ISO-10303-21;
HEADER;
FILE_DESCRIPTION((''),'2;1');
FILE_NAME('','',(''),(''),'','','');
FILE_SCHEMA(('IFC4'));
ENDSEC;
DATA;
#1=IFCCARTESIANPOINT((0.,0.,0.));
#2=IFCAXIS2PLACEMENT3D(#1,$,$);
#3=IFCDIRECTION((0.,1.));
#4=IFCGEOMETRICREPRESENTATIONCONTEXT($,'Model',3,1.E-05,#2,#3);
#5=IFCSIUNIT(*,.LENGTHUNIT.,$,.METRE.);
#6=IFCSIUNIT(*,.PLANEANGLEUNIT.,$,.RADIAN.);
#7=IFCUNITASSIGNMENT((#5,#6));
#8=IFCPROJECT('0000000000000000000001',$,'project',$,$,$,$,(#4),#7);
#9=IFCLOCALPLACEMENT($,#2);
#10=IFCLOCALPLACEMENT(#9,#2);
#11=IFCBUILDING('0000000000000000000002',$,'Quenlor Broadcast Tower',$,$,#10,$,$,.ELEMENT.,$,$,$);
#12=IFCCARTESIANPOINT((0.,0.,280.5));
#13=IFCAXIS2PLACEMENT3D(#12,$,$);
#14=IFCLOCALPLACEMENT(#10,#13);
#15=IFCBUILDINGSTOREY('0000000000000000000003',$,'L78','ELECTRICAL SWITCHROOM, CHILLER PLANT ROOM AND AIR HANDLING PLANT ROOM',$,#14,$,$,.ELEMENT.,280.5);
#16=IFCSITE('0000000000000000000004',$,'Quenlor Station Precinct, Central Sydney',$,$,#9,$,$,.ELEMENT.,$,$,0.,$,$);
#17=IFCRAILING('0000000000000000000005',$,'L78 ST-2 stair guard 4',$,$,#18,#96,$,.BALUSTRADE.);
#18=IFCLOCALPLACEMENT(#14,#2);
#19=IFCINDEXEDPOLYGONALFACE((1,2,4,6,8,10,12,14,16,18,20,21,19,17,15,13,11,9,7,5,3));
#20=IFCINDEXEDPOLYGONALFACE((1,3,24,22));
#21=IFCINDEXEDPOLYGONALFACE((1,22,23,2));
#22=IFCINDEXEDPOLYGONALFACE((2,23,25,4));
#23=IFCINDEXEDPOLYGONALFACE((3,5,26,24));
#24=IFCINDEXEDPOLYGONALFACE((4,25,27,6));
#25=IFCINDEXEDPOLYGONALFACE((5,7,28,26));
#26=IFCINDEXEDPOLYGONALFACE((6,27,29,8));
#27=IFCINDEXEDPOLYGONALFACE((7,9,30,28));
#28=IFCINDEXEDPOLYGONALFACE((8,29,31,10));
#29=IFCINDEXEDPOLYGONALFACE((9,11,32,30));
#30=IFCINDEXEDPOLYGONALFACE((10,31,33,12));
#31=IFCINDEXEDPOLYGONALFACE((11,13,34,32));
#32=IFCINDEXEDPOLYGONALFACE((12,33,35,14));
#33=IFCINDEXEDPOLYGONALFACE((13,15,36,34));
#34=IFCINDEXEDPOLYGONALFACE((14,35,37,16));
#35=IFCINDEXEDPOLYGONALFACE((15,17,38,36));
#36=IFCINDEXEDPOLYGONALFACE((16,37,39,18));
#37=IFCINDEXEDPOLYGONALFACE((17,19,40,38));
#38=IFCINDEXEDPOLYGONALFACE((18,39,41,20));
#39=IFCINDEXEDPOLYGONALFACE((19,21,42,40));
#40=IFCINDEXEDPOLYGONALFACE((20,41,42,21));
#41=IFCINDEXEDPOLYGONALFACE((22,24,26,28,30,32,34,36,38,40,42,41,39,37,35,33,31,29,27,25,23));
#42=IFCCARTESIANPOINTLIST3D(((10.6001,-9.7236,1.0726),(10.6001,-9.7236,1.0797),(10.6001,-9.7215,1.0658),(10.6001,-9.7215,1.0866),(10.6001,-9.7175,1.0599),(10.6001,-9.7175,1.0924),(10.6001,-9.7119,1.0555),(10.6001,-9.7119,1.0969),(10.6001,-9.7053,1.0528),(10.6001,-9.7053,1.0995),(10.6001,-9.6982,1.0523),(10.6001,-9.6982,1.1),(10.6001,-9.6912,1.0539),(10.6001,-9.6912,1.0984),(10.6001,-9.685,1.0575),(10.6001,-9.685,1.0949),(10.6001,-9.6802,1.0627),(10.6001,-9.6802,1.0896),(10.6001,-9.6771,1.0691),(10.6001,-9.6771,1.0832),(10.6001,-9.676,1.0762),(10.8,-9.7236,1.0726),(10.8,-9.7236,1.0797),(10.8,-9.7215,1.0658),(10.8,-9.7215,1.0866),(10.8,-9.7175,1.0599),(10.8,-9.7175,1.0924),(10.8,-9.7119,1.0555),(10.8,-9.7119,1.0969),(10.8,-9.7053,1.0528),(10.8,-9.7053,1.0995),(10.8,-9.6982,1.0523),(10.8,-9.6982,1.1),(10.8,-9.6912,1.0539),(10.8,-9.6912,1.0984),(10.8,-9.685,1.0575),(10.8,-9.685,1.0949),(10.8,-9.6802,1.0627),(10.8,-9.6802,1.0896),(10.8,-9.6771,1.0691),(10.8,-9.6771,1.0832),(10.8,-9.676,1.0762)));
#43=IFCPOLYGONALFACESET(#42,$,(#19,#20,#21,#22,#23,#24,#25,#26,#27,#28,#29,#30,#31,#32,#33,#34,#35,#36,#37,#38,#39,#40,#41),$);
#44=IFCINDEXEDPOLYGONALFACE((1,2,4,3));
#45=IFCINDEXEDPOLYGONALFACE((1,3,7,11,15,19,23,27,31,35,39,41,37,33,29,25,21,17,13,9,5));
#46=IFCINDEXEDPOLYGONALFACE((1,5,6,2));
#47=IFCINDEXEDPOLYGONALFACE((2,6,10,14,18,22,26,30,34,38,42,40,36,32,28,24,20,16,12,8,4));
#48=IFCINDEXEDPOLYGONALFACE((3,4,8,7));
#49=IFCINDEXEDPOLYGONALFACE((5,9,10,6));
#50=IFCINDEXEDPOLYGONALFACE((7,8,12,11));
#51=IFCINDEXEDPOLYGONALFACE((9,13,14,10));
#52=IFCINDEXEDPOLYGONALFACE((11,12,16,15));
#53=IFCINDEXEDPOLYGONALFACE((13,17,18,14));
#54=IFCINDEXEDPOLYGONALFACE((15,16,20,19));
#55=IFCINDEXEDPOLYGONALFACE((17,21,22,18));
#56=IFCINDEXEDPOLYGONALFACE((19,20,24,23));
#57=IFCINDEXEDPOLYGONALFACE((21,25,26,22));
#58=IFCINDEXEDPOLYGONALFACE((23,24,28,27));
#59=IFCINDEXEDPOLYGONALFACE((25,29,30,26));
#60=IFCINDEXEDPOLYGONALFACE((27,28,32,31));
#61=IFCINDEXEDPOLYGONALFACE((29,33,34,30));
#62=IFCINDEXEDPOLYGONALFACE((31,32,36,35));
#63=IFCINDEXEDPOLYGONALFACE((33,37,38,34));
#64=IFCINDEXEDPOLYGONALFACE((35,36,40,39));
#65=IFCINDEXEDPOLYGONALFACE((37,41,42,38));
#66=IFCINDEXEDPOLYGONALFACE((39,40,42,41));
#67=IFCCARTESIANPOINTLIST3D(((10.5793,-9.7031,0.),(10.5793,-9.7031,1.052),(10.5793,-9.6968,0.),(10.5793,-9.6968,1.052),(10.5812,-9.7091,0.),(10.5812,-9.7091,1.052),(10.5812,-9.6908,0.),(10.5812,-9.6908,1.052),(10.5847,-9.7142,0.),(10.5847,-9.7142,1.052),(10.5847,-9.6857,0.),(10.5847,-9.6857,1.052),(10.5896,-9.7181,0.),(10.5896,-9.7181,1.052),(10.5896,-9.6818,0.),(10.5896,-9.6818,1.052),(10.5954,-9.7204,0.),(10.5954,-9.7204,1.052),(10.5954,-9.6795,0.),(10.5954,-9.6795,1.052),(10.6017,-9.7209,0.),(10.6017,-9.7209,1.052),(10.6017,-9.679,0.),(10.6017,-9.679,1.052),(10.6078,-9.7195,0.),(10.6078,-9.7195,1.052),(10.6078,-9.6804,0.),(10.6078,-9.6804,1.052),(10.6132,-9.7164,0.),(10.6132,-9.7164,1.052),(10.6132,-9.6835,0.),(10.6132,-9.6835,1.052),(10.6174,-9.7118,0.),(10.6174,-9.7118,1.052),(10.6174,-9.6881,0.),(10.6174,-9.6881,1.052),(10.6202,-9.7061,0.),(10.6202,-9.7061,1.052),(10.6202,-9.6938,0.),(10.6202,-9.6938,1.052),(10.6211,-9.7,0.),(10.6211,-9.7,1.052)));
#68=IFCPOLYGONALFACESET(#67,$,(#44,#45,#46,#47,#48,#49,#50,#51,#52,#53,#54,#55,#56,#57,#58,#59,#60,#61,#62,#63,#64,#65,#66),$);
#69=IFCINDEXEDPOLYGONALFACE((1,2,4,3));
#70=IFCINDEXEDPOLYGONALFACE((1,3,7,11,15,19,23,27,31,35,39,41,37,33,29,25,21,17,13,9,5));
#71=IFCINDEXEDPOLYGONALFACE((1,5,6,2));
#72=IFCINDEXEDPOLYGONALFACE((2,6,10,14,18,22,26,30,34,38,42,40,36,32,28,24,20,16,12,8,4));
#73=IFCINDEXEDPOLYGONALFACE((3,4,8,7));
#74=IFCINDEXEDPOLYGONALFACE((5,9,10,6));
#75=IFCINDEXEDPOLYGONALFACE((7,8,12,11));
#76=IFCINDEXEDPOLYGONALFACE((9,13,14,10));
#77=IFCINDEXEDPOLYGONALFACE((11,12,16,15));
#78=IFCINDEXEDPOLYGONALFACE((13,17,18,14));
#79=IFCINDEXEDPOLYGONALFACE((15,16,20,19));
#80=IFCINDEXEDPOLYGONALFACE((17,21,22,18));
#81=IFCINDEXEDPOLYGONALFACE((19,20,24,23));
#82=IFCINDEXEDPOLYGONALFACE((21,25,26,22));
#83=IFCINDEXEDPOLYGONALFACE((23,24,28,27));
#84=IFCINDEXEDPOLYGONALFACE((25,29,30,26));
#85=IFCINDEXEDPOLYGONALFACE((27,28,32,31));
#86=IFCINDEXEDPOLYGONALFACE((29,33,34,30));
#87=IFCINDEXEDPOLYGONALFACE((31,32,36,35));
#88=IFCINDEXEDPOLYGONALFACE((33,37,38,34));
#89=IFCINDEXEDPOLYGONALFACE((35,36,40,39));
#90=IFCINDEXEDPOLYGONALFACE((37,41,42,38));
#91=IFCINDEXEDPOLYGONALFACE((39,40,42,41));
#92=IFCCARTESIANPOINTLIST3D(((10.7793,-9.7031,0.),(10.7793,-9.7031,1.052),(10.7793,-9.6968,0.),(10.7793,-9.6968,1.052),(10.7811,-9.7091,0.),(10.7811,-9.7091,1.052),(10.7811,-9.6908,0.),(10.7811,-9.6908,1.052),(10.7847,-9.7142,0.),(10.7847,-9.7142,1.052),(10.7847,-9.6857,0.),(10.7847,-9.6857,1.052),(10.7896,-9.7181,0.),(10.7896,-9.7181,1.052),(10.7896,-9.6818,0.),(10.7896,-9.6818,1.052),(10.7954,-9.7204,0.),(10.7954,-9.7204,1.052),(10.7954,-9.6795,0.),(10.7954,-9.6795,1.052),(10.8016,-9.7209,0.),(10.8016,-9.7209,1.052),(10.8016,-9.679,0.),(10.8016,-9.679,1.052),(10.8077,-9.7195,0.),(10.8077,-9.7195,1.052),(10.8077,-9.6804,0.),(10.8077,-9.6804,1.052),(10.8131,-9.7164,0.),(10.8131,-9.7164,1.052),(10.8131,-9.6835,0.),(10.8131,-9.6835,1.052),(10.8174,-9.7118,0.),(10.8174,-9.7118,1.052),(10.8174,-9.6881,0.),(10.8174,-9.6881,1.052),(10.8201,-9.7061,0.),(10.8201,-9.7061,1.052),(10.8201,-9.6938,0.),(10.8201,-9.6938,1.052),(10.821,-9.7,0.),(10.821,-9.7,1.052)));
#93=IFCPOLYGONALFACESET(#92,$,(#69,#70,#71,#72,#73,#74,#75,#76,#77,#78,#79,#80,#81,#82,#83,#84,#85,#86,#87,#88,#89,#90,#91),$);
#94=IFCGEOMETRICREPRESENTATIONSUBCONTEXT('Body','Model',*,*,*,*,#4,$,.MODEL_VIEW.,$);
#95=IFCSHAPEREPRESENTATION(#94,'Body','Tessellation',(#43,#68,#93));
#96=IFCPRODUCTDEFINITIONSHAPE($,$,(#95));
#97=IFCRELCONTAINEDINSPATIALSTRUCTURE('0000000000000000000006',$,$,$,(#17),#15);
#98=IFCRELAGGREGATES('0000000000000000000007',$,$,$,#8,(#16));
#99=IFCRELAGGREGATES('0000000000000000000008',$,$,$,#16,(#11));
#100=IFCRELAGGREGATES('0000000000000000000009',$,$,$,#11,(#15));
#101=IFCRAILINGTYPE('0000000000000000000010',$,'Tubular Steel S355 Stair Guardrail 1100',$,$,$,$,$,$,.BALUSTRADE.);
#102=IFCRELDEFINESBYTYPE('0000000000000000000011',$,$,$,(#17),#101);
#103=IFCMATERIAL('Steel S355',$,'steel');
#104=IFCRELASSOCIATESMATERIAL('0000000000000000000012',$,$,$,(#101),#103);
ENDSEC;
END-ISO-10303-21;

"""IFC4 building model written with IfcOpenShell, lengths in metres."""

from ifc_helpers import new_model, si_unit, direction, frame, origin, origin_2d, place, context, subcontext, project, spatial, circle, extrude, material, type_object, element, save


model = new_model("IFC4")

# Units and contexts
model_context = context("Model", 3, precision=1e-05, world=origin(), true_north=direction((0.0, 1.0)))
body_context = subcontext(model_context, "Body", "Model", "MODEL_VIEW")
ifc_project = project(units=[si_unit("LENGTHUNIT", "METRE"), si_unit("PLANEANGLEUNIT", "RADIAN")], contexts=[model_context])

# Site, building, storey
site_placement = place(None, origin())
site = spatial("IfcSite", under=ifc_project, at=site_placement, Name="Quenlor Station Precinct, Central Sydney", CompositionType="ELEMENT", RefElevation=0.0)
building_placement = place(site_placement, origin())
building = spatial("IfcBuilding", under=site, at=building_placement, Name="Quenlor Broadcast Tower", CompositionType="ELEMENT")
storey_placement = place(building_placement, frame((0.0, 0.0, 280.5)))
storey = spatial("IfcBuildingStorey", under=building, at=storey_placement, Name="L78", Description="ELECTRICAL SWITCHROOM, CHILLER PLANT ROOM AND AIR HANDLING PLANT ROOM", CompositionType="ELEMENT", Elevation=280.5)

# Railing
ifc_material_1 = material(Name="Steel S355", Category="steel")
railing_type_1 = type_object("IfcRailingType", Name="Tubular Steel S355 Stair Guardrail 1100", PredefinedType="BALUSTRADE", material=ifc_material_1)
railing_1_placement = place(storey_placement, frame((10.6001, -9.7, 0.0)))
element("IfcRailing", 1, at=railing_1_placement, inside=storey, type_object=railing_type_1, Name="L78 ST-2 stair guard 4", PredefinedType="BALUSTRADE", context=body_context, shape_type="SweptSolid", body=[
    extrude(circle(Radius=0.0239, at=origin_2d()), frame((0.0, 0.0, 1.0762), z_axis=(1.0, 0.0, 0.0), x_axis=(0.0, 1.0, 0.0)), (0.0, 0.0, 1.0), 0.2),
    extrude(circle(Radius=0.021, at=origin_2d()), origin(), (0.0, 0.0, 1.0), 1.052),
    extrude(circle(Radius=0.021, at=origin_2d()), frame((0.2, 0.0, 0.0)), (0.0, 0.0, 1.0), 1.052),
])

save(model, "model.ifc")
